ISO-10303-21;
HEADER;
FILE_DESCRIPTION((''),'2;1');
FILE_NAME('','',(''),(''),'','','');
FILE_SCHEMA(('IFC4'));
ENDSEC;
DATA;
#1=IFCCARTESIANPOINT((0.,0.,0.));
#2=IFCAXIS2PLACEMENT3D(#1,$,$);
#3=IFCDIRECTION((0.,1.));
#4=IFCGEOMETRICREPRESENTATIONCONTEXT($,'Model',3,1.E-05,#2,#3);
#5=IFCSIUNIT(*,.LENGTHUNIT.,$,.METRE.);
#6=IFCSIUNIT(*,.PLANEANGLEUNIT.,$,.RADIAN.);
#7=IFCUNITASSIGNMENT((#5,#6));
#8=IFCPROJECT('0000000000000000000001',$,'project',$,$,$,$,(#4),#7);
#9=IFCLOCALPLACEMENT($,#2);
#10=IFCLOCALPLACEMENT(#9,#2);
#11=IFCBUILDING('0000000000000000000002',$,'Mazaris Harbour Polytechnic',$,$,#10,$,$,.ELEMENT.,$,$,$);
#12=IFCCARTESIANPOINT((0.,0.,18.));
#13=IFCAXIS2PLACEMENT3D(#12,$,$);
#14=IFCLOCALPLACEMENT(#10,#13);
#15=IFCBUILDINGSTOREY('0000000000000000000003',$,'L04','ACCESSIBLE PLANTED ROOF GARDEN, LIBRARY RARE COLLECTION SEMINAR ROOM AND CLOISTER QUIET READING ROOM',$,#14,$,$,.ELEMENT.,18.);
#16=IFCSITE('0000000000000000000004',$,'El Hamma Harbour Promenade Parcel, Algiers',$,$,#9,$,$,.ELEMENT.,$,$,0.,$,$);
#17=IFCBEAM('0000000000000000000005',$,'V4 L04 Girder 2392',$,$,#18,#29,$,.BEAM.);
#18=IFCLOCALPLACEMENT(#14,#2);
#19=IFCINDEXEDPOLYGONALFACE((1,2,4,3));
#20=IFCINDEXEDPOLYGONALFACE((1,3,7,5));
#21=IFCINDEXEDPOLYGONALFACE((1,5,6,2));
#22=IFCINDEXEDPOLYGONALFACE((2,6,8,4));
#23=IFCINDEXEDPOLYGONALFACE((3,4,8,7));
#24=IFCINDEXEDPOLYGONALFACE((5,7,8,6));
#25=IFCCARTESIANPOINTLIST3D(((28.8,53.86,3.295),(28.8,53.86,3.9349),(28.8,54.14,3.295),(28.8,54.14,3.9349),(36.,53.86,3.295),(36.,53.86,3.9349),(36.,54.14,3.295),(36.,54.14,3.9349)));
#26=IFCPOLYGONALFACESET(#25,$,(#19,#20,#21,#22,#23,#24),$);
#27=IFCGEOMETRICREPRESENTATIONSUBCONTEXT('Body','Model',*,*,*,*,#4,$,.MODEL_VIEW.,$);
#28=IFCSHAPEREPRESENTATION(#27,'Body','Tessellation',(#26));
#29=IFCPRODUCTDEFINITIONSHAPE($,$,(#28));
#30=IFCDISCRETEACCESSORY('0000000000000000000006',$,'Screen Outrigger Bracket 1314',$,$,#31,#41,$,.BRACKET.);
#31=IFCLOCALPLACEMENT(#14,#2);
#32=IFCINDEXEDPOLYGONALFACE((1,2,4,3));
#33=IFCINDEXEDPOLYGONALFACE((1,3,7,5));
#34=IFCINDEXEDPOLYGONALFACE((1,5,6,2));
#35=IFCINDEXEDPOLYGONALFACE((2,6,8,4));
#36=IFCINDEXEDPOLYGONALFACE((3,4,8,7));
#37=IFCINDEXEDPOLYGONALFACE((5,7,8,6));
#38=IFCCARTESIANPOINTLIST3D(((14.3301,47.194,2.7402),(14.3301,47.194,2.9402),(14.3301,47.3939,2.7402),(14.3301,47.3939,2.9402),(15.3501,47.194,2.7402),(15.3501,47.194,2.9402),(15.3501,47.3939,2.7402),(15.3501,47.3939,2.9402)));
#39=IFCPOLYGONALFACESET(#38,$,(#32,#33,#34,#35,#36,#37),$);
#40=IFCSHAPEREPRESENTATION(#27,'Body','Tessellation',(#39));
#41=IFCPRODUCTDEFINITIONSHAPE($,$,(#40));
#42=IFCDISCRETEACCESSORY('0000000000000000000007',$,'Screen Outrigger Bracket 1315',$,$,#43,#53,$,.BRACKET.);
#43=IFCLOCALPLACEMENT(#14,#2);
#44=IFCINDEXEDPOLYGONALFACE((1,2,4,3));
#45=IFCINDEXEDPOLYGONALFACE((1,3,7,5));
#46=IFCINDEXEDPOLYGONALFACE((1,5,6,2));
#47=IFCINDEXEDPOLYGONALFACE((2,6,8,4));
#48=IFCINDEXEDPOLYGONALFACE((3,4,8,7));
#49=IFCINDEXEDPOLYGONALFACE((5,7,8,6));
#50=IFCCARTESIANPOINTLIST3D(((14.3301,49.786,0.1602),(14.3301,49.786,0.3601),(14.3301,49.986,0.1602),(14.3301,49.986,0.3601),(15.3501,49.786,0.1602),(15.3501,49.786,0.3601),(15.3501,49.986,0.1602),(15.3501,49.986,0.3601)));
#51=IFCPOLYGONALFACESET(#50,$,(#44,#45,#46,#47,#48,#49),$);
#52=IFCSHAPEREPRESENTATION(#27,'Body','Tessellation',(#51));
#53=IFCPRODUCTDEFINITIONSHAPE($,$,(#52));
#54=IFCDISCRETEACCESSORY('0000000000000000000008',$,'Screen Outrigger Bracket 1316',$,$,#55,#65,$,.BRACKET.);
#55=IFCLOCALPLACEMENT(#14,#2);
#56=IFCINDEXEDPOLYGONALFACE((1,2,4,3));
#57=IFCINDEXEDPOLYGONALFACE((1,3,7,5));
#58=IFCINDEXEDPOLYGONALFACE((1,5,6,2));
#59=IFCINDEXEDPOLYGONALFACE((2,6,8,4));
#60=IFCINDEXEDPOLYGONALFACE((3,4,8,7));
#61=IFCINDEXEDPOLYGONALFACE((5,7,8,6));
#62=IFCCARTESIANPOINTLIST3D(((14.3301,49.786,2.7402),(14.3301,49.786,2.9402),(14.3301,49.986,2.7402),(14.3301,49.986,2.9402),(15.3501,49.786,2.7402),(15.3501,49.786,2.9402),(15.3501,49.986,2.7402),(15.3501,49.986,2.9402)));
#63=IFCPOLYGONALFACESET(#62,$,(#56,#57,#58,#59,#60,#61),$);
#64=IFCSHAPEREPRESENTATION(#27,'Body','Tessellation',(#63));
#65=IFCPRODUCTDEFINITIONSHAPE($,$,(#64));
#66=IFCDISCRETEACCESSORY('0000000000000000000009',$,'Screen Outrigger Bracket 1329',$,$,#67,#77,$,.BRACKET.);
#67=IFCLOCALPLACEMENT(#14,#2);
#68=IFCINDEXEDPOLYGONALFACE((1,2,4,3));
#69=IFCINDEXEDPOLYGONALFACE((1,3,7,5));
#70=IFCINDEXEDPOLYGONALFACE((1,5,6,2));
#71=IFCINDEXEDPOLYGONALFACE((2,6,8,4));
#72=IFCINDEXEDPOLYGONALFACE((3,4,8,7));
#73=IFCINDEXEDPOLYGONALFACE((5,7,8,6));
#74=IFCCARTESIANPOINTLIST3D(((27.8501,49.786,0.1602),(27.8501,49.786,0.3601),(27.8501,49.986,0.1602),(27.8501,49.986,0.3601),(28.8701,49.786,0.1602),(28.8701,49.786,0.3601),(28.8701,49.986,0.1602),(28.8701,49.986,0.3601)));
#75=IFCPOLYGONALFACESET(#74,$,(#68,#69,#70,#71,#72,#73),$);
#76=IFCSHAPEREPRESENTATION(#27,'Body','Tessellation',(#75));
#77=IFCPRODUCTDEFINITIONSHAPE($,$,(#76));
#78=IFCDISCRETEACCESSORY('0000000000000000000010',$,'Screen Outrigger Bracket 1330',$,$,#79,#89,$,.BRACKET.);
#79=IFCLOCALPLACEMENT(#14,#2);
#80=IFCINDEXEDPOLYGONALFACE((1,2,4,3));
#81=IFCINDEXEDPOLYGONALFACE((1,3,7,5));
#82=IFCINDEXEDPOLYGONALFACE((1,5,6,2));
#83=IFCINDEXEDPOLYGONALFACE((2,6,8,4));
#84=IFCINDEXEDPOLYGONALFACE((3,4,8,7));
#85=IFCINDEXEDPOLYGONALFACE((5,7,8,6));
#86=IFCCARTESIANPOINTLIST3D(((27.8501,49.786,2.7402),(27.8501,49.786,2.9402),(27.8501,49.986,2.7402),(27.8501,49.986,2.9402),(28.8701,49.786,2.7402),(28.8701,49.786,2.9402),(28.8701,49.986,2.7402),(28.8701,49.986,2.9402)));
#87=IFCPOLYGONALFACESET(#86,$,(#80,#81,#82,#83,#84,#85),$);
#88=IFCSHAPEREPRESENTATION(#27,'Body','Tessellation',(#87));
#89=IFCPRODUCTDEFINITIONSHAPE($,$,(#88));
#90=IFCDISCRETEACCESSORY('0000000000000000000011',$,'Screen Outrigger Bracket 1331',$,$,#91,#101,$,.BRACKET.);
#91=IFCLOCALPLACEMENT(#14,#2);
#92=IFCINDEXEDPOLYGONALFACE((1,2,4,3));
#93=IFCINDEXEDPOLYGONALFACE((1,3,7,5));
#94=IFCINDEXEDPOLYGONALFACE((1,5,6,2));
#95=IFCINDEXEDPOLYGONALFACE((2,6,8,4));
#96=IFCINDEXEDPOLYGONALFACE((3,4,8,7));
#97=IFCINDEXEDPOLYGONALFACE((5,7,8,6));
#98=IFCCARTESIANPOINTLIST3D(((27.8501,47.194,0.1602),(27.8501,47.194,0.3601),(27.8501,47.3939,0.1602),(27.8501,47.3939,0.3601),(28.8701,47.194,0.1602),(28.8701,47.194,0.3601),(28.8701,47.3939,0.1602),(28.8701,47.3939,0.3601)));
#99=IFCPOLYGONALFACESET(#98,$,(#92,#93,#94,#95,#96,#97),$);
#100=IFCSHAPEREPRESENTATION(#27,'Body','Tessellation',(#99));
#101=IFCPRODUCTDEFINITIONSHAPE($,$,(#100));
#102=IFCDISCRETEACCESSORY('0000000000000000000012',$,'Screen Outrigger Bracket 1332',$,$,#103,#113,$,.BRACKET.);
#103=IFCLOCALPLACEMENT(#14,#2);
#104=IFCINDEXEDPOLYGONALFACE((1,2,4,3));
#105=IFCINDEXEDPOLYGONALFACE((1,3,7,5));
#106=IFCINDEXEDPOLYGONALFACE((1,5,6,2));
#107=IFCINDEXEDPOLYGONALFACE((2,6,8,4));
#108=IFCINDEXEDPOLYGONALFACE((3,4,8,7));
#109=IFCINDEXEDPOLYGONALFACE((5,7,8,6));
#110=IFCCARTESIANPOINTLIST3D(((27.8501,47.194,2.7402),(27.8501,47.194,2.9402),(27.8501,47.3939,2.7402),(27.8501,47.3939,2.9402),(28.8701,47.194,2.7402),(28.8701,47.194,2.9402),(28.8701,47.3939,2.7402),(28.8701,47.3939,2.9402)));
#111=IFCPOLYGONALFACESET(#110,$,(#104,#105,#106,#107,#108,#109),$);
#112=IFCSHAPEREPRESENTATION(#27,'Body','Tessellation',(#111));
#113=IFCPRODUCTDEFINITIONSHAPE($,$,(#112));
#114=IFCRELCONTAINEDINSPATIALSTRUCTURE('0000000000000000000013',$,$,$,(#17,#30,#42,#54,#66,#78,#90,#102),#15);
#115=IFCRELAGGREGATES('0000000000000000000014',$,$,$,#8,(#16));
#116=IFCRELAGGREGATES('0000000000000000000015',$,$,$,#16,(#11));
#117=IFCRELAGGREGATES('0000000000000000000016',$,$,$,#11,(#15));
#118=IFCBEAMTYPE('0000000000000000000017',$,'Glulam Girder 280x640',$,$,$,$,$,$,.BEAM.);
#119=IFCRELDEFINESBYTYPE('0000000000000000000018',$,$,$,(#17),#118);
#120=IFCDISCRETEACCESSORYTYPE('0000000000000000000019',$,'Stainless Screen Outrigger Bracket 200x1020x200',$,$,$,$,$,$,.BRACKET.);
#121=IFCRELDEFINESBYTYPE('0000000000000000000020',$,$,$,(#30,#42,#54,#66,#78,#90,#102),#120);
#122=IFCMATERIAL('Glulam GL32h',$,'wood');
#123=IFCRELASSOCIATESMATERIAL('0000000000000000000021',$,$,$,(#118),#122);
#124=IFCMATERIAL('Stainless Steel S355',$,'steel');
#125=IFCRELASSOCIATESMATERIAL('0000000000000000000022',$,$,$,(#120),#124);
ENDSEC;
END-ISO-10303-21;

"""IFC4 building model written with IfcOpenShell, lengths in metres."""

from ifc_helpers import new_model, si_unit, direction, frame, origin, origin_2d, place, context, subcontext, project, spatial, rectangle, extrude, material, material_profile, profile_set, type_object, element, save


model = new_model("IFC4")

# Units and contexts
model_context = context("Model", 3, precision=1e-05, world=origin(), true_north=direction((0.0, 1.0)))
body_context = subcontext(model_context, "Body", "Model", "MODEL_VIEW")
ifc_project = project(units=[si_unit("LENGTHUNIT", "METRE"), si_unit("PLANEANGLEUNIT", "RADIAN")], contexts=[model_context])

# Site, building, storey
site_placement = place(None, origin())
site = spatial("IfcSite", under=ifc_project, at=site_placement, Name="El Hamma Harbour Promenade Parcel, Algiers", CompositionType="ELEMENT", RefElevation=0.0)
building_placement = place(site_placement, origin())
building = spatial("IfcBuilding", under=site, at=building_placement, Name="Mazaris Harbour Polytechnic", CompositionType="ELEMENT")
storey_placement = place(building_placement, frame((0.0, 0.0, 18.0)))
storey = spatial("IfcBuildingStorey", under=building, at=storey_placement, Name="L04", Description="ACCESSIBLE PLANTED ROOF GARDEN, LIBRARY RARE COLLECTION SEMINAR ROOM AND CLOISTER QUIET READING ROOM", CompositionType="ELEMENT", Elevation=18.0)

# Beam
ifc_material_1 = material(Name="Glulam GL32h", Category="wood")
ifc_material_profile_1 = material_profile(ifc_material_1, rectangle(XDim=0.28, YDim=0.6399, at=origin_2d()), Name="RECT280x640")
ifc_profile_set_1 = profile_set([ifc_material_profile_1], Name="Glulam GL32h")
beam_type_1 = type_object("IfcBeamType", Name="Glulam Girder 280x640", PredefinedType="BEAM", material=ifc_profile_set_1)
beam_1_placement = place(storey_placement, frame((28.8, 54.0, 3.615), z_axis=(1.0, 0.0, 0.0), x_axis=(0.0, 1.0, 0.0)))
element("IfcBeam", 1, at=beam_1_placement, inside=storey, type_object=beam_type_1, Name="V4 L04 Girder 2392", PredefinedType="BEAM", context=body_context, shape_type="SweptSolid", body=[
    extrude(rectangle(XDim=0.28, YDim=0.6399, at=origin_2d()), origin(), (0.0, 0.0, 1.0), 7.2),
])

# Discrete accessories
ifc_material_2 = material(Name="Stainless Steel S355", Category="steel")
discrete_accessory_type = type_object("IfcDiscreteAccessoryType", Name="Stainless Screen Outrigger Bracket 200x1020x200", PredefinedType="BRACKET", material=ifc_material_2)
for number, where, z_axis, x_axis, name in (
    (2, (14.8401, 47.2939, 2.7402), (0.0, 0.0, 1.0), (0.0, 1.0, 0.0), "Screen Outrigger Bracket 1314"),
    (3, (14.8401, 49.886, 0.1602), (0.0, 0.0, 1.0), (0.0, 1.0, 0.0), "Screen Outrigger Bracket 1315"),
    (4, (14.8401, 49.886, 2.7402), (0.0, 0.0, 1.0), (0.0, 1.0, 0.0), "Screen Outrigger Bracket 1316"),
    (5, (28.3601, 49.886, 0.1602), (0.0, 0.0, 1.0), (0.0, -1.0, 0.0), "Screen Outrigger Bracket 1329"),
    (6, (28.3601, 49.886, 2.7402), (0.0, 0.0, 1.0), (0.0, -1.0, 0.0), "Screen Outrigger Bracket 1330"),
    (7, (28.3601, 47.2939, 0.1602), (0.0, 0.0, 1.0), (0.0, -1.0, 0.0), "Screen Outrigger Bracket 1331"),
    (8, (28.3601, 47.2939, 2.7402), (0.0, 0.0, 1.0), (0.0, -1.0, 0.0), "Screen Outrigger Bracket 1332"),
):
    element("IfcDiscreteAccessory", number, at=place(storey_placement, frame(where, z_axis=z_axis, x_axis=x_axis)), inside=storey, type_object=discrete_accessory_type, Name=name, PredefinedType="BRACKET", context=body_context, shape_type="SweptSolid", body=[
        extrude(rectangle(XDim=0.2, YDim=1.02, at=origin_2d()), origin(), (0.0, 0.0, 1.0), 0.2),
    ])

save(model, "model.ifc")
